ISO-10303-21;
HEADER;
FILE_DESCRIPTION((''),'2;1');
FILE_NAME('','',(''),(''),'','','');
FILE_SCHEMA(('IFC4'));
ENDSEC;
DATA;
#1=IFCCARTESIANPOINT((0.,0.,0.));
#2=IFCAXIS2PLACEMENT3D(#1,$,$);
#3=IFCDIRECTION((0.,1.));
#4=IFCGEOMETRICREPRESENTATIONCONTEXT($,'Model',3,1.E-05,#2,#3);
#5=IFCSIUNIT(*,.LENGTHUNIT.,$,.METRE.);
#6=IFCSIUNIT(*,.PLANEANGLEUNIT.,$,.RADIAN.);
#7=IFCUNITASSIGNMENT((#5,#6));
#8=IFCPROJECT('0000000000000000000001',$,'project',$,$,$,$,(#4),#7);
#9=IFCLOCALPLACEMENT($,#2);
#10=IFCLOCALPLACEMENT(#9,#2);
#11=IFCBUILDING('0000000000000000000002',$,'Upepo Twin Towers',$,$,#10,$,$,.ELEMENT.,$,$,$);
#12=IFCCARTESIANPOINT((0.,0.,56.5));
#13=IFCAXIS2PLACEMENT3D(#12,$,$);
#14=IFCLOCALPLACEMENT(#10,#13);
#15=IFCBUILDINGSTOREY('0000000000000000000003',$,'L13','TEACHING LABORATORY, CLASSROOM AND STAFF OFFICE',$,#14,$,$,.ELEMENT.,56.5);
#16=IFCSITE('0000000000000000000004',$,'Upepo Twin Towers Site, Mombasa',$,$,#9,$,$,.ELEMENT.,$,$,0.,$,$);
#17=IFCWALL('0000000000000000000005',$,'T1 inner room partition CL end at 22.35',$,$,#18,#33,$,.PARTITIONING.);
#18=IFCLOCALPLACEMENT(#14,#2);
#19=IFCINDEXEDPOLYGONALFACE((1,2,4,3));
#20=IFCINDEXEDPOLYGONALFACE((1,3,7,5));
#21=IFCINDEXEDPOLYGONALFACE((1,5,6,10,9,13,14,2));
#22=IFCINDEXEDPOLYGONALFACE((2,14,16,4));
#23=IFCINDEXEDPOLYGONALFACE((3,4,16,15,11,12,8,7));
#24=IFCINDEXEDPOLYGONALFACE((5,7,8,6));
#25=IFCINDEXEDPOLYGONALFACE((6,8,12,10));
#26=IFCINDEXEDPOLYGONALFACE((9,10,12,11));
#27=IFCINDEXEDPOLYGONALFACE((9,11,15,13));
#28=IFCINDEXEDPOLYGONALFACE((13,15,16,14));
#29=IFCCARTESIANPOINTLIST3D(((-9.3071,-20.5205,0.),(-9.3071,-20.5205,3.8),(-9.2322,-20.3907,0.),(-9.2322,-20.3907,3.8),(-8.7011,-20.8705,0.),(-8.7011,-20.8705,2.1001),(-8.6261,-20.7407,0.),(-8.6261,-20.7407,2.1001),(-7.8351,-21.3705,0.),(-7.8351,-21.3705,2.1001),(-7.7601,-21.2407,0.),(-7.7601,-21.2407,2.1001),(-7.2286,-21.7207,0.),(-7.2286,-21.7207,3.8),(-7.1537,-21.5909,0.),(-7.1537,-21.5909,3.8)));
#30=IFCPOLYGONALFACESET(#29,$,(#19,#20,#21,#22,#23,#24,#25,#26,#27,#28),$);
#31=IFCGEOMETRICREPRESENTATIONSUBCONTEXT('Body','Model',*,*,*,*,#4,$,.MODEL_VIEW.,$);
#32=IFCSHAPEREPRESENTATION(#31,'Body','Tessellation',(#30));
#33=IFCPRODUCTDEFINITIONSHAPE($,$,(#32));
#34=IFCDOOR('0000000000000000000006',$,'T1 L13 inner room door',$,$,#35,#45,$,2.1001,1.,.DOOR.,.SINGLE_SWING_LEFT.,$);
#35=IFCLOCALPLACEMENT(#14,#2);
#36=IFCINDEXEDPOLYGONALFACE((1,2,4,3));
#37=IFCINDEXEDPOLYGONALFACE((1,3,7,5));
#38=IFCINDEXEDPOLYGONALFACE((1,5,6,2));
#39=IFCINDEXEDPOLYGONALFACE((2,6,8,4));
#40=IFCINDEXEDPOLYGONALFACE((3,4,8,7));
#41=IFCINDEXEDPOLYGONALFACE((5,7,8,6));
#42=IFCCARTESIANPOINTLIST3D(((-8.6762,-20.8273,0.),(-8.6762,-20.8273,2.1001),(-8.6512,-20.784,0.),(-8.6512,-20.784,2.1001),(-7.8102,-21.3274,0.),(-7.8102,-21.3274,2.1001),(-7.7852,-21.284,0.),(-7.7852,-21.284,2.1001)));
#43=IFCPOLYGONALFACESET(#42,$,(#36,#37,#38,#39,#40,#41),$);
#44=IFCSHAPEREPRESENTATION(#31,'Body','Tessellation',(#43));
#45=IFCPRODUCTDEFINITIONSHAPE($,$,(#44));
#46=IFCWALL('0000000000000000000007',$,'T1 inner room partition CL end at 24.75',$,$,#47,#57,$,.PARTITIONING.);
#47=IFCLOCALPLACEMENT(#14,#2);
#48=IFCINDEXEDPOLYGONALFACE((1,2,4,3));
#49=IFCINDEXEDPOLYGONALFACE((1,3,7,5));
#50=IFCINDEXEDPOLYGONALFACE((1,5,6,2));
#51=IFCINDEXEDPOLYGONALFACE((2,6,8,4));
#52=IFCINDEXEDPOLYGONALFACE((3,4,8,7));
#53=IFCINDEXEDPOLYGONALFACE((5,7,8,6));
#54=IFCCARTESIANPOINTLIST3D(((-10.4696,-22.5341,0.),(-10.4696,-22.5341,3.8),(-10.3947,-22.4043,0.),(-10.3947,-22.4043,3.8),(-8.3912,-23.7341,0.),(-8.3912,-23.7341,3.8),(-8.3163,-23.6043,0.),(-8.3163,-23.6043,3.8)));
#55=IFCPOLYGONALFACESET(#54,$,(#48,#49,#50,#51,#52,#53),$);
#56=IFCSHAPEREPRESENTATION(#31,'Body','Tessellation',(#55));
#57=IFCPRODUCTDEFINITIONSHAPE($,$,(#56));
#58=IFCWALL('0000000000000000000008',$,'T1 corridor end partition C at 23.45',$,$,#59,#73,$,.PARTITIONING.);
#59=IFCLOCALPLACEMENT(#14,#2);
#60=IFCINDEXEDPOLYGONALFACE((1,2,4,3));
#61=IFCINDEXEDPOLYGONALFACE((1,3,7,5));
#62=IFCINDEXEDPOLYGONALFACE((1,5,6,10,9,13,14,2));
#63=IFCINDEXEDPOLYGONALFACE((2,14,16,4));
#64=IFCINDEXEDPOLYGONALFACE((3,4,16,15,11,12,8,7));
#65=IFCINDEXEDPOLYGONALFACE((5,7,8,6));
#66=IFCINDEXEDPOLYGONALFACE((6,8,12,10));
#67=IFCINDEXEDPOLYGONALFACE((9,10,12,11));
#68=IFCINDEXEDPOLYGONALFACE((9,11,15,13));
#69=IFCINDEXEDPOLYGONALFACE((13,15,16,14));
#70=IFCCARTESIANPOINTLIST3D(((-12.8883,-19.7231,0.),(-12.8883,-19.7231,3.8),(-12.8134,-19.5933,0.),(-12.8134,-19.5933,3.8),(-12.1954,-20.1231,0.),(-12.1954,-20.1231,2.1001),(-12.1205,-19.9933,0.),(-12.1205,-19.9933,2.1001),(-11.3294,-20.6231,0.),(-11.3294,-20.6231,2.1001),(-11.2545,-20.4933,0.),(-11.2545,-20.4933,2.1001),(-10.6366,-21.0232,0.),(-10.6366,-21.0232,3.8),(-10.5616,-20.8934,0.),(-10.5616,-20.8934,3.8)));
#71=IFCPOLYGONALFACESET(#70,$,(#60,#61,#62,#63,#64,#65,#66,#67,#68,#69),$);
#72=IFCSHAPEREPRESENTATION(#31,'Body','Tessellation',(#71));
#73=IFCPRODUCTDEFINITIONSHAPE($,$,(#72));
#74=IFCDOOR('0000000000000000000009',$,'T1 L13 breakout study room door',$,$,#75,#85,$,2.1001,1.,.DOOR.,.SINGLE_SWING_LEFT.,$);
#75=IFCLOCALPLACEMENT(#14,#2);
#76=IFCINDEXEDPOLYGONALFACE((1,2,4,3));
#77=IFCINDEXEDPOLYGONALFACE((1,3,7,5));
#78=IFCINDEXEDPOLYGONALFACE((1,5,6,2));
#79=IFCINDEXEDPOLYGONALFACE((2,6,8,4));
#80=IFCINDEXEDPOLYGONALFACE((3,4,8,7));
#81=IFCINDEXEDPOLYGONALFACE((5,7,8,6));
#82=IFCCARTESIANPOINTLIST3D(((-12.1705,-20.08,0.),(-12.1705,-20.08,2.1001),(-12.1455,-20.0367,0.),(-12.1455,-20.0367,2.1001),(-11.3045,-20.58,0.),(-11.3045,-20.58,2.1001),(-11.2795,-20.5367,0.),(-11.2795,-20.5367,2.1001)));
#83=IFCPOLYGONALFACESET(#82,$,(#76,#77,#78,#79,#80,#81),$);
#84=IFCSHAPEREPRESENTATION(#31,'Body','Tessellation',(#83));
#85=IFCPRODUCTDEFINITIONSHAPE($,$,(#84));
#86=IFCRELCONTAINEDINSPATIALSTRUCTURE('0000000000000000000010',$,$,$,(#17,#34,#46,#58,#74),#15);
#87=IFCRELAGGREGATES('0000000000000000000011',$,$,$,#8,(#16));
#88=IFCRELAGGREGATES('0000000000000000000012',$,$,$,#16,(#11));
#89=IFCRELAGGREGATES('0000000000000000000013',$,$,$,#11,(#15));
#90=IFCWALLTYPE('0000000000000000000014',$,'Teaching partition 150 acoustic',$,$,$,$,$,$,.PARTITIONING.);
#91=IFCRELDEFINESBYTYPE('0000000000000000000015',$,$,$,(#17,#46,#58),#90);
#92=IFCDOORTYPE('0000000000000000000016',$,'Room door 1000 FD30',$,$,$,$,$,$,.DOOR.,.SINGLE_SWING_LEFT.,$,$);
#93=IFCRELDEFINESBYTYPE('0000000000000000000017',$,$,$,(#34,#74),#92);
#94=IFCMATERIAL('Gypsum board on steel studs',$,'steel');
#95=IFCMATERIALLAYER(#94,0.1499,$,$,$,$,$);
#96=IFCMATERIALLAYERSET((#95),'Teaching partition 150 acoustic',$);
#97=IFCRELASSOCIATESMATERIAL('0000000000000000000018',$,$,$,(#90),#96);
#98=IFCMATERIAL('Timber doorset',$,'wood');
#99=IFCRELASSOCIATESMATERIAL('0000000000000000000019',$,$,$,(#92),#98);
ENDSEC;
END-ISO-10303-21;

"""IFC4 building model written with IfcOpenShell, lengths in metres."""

from ifc_helpers import new_model, si_unit, direction, frame, frame_2d, origin, place, context, subcontext, project, spatial, rectangle, extrude, material, layer, layer_set, type_object, element, fill, save


model = new_model("IFC4")

# Units and contexts
model_context = context("Model", 3, precision=1e-05, world=origin(), true_north=direction((0.0, 1.0)))
body_context = subcontext(model_context, "Body", "Model", "MODEL_VIEW")
ifc_project = project(units=[si_unit("LENGTHUNIT", "METRE"), si_unit("PLANEANGLEUNIT", "RADIAN")], contexts=[model_context])

# Site, building, storey
site_placement = place(None, origin())
site = spatial("IfcSite", under=ifc_project, at=site_placement, Name="Upepo Twin Towers Site, Mombasa", CompositionType="ELEMENT", RefElevation=0.0)
building_placement = place(site_placement, origin())
building = spatial("IfcBuilding", under=site, at=building_placement, Name="Upepo Twin Towers", CompositionType="ELEMENT")
storey_placement = place(building_placement, frame((0.0, 0.0, 56.5)))
storey = spatial("IfcBuildingStorey", under=building, at=storey_placement, Name="L13", Description="TEACHING LABORATORY, CLASSROOM AND STAFF OFFICE", CompositionType="ELEMENT", Elevation=56.5)

# Shared definitions
ifc_material_1 = material(Name="Gypsum board on steel studs", Category="steel")
ifc_layer_1 = layer(ifc_material_1, 0.1499)
ifc_layer_set_1 = layer_set([ifc_layer_1], Name="Teaching partition 150 acoustic")
wall_type_1 = type_object("IfcWallType", Name="Teaching partition 150 acoustic", PredefinedType="PARTITIONING", material=ifc_layer_set_1)

# Wall, opening, door
wall_1_placement = place(storey_placement, frame((-9.2698, -20.4556, 0.0), z_axis=(0.0, 0.0, 1.0), x_axis=(0.866006, -0.500034, 0.0)))
wall_1 = element("IfcWall", 1, at=wall_1_placement, inside=storey, type_object=wall_type_1, Name="T1 inner room partition CL end at 22.35", PredefinedType="PARTITIONING", context=body_context, shape_type="SweptSolid", body=[
    extrude(rectangle(XDim=2.4001, YDim=0.1499, at=frame_2d((1.2002, 0.0))), origin(), (0.0, 0.0, 1.0), 3.8),
])
opening_1_placement = place(wall_1_placement, frame((0.7, 0.0, 0.0)))
opening_1 = element("IfcOpeningElement", 2, at=opening_1_placement, cuts=wall_1, PredefinedType="OPENING", context=body_context, shape_type="SweptSolid", body=[
    extrude(rectangle(XDim=1.0, YDim=2.1001, at=frame_2d((0.5, 1.05))), frame((0.0, 0.085, 0.0), z_axis=(0.0, -1.0, 0.0), x_axis=(1.0, 0.0, 0.0)), (0.0, 0.0, 1.0), 0.1699),
])
ifc_material_2 = material(Name="Timber doorset", Category="wood")
door_type = type_object("IfcDoorType", Name="Room door 1000 FD30", OperationType="SINGLE_SWING_LEFT", PredefinedType="DOOR", material=ifc_material_2)
door_1_placement = place(opening_1_placement, origin())
door_1 = element("IfcDoor", 3, at=door_1_placement, inside=storey, type_object=door_type, Name="T1 L13 inner room door", OperationType="SINGLE_SWING_LEFT", OverallHeight=2.1001, OverallWidth=1.0, PredefinedType="DOOR", context=body_context, shape_type="SweptSolid", body=[
    extrude(rectangle(XDim=1.0, YDim=2.1001, at=frame_2d((0.5, 1.05))), frame((0.0, 0.0249, 0.0), z_axis=(0.0, -1.0, 0.0), x_axis=(1.0, 0.0, 0.0)), (0.0, 0.0, 1.0), 0.05),
])
fill(opening_1, door_1)

# Wall
wall_2_placement = place(storey_placement, frame((-10.4321, -22.4692, 0.0), z_axis=(0.0, 0.0, 1.0), x_axis=(0.866025, -0.500001, 0.0)))
element("IfcWall", 4, at=wall_2_placement, inside=storey, type_object=wall_type_1, Name="T1 inner room partition CL end at 24.75", PredefinedType="PARTITIONING", context=body_context, shape_type="SweptSolid", body=[
    extrude(rectangle(XDim=2.3999, YDim=0.1499, at=frame_2d((1.2, 0.0))), origin(), (0.0, 0.0, 1.0), 3.8),
])

# Wall, opening, door
wall_3_placement = place(storey_placement, frame((-12.8508, -19.6582, 0.0), z_axis=(0.0, 0.0, 1.0), x_axis=(0.866021, -0.500007, 0.0)))
wall_3 = element("IfcWall", 5, at=wall_3_placement, inside=storey, type_object=wall_type_1, Name="T1 corridor end partition C at 23.45", PredefinedType="PARTITIONING", context=body_context, shape_type="SweptSolid", body=[
    extrude(rectangle(XDim=2.6001, YDim=0.1499, at=frame_2d((1.3, 0.0))), origin(), (0.0, 0.0, 1.0), 3.8),
])
opening_2_placement = place(wall_3_placement, frame((0.8, 0.0, 0.0)))
opening_2 = element("IfcOpeningElement", 6, at=opening_2_placement, cuts=wall_3, PredefinedType="OPENING", context=body_context, shape_type="SweptSolid", body=[
    extrude(rectangle(XDim=1.0, YDim=2.1001, at=frame_2d((0.5, 1.05))), frame((0.0, 0.085, 0.0), z_axis=(0.0, -1.0, 0.0), x_axis=(1.0, 0.0, 0.0)), (0.0, 0.0, 1.0), 0.1699),
])
door_2_placement = place(opening_2_placement, origin())
door_2 = element("IfcDoor", 7, at=door_2_placement, inside=storey, type_object=door_type, Name="T1 L13 breakout study room door", OperationType="SINGLE_SWING_LEFT", OverallHeight=2.1001, OverallWidth=1.0, PredefinedType="DOOR", context=body_context, shape_type="SweptSolid", body=[
    extrude(rectangle(XDim=1.0, YDim=2.1001, at=frame_2d((0.5, 1.05))), frame((0.0, 0.0249, 0.0), z_axis=(0.0, -1.0, 0.0), x_axis=(1.0, 0.0, 0.0)), (0.0, 0.0, 1.0), 0.05),
])
fill(opening_2, door_2)

save(model, "model.ifc")
